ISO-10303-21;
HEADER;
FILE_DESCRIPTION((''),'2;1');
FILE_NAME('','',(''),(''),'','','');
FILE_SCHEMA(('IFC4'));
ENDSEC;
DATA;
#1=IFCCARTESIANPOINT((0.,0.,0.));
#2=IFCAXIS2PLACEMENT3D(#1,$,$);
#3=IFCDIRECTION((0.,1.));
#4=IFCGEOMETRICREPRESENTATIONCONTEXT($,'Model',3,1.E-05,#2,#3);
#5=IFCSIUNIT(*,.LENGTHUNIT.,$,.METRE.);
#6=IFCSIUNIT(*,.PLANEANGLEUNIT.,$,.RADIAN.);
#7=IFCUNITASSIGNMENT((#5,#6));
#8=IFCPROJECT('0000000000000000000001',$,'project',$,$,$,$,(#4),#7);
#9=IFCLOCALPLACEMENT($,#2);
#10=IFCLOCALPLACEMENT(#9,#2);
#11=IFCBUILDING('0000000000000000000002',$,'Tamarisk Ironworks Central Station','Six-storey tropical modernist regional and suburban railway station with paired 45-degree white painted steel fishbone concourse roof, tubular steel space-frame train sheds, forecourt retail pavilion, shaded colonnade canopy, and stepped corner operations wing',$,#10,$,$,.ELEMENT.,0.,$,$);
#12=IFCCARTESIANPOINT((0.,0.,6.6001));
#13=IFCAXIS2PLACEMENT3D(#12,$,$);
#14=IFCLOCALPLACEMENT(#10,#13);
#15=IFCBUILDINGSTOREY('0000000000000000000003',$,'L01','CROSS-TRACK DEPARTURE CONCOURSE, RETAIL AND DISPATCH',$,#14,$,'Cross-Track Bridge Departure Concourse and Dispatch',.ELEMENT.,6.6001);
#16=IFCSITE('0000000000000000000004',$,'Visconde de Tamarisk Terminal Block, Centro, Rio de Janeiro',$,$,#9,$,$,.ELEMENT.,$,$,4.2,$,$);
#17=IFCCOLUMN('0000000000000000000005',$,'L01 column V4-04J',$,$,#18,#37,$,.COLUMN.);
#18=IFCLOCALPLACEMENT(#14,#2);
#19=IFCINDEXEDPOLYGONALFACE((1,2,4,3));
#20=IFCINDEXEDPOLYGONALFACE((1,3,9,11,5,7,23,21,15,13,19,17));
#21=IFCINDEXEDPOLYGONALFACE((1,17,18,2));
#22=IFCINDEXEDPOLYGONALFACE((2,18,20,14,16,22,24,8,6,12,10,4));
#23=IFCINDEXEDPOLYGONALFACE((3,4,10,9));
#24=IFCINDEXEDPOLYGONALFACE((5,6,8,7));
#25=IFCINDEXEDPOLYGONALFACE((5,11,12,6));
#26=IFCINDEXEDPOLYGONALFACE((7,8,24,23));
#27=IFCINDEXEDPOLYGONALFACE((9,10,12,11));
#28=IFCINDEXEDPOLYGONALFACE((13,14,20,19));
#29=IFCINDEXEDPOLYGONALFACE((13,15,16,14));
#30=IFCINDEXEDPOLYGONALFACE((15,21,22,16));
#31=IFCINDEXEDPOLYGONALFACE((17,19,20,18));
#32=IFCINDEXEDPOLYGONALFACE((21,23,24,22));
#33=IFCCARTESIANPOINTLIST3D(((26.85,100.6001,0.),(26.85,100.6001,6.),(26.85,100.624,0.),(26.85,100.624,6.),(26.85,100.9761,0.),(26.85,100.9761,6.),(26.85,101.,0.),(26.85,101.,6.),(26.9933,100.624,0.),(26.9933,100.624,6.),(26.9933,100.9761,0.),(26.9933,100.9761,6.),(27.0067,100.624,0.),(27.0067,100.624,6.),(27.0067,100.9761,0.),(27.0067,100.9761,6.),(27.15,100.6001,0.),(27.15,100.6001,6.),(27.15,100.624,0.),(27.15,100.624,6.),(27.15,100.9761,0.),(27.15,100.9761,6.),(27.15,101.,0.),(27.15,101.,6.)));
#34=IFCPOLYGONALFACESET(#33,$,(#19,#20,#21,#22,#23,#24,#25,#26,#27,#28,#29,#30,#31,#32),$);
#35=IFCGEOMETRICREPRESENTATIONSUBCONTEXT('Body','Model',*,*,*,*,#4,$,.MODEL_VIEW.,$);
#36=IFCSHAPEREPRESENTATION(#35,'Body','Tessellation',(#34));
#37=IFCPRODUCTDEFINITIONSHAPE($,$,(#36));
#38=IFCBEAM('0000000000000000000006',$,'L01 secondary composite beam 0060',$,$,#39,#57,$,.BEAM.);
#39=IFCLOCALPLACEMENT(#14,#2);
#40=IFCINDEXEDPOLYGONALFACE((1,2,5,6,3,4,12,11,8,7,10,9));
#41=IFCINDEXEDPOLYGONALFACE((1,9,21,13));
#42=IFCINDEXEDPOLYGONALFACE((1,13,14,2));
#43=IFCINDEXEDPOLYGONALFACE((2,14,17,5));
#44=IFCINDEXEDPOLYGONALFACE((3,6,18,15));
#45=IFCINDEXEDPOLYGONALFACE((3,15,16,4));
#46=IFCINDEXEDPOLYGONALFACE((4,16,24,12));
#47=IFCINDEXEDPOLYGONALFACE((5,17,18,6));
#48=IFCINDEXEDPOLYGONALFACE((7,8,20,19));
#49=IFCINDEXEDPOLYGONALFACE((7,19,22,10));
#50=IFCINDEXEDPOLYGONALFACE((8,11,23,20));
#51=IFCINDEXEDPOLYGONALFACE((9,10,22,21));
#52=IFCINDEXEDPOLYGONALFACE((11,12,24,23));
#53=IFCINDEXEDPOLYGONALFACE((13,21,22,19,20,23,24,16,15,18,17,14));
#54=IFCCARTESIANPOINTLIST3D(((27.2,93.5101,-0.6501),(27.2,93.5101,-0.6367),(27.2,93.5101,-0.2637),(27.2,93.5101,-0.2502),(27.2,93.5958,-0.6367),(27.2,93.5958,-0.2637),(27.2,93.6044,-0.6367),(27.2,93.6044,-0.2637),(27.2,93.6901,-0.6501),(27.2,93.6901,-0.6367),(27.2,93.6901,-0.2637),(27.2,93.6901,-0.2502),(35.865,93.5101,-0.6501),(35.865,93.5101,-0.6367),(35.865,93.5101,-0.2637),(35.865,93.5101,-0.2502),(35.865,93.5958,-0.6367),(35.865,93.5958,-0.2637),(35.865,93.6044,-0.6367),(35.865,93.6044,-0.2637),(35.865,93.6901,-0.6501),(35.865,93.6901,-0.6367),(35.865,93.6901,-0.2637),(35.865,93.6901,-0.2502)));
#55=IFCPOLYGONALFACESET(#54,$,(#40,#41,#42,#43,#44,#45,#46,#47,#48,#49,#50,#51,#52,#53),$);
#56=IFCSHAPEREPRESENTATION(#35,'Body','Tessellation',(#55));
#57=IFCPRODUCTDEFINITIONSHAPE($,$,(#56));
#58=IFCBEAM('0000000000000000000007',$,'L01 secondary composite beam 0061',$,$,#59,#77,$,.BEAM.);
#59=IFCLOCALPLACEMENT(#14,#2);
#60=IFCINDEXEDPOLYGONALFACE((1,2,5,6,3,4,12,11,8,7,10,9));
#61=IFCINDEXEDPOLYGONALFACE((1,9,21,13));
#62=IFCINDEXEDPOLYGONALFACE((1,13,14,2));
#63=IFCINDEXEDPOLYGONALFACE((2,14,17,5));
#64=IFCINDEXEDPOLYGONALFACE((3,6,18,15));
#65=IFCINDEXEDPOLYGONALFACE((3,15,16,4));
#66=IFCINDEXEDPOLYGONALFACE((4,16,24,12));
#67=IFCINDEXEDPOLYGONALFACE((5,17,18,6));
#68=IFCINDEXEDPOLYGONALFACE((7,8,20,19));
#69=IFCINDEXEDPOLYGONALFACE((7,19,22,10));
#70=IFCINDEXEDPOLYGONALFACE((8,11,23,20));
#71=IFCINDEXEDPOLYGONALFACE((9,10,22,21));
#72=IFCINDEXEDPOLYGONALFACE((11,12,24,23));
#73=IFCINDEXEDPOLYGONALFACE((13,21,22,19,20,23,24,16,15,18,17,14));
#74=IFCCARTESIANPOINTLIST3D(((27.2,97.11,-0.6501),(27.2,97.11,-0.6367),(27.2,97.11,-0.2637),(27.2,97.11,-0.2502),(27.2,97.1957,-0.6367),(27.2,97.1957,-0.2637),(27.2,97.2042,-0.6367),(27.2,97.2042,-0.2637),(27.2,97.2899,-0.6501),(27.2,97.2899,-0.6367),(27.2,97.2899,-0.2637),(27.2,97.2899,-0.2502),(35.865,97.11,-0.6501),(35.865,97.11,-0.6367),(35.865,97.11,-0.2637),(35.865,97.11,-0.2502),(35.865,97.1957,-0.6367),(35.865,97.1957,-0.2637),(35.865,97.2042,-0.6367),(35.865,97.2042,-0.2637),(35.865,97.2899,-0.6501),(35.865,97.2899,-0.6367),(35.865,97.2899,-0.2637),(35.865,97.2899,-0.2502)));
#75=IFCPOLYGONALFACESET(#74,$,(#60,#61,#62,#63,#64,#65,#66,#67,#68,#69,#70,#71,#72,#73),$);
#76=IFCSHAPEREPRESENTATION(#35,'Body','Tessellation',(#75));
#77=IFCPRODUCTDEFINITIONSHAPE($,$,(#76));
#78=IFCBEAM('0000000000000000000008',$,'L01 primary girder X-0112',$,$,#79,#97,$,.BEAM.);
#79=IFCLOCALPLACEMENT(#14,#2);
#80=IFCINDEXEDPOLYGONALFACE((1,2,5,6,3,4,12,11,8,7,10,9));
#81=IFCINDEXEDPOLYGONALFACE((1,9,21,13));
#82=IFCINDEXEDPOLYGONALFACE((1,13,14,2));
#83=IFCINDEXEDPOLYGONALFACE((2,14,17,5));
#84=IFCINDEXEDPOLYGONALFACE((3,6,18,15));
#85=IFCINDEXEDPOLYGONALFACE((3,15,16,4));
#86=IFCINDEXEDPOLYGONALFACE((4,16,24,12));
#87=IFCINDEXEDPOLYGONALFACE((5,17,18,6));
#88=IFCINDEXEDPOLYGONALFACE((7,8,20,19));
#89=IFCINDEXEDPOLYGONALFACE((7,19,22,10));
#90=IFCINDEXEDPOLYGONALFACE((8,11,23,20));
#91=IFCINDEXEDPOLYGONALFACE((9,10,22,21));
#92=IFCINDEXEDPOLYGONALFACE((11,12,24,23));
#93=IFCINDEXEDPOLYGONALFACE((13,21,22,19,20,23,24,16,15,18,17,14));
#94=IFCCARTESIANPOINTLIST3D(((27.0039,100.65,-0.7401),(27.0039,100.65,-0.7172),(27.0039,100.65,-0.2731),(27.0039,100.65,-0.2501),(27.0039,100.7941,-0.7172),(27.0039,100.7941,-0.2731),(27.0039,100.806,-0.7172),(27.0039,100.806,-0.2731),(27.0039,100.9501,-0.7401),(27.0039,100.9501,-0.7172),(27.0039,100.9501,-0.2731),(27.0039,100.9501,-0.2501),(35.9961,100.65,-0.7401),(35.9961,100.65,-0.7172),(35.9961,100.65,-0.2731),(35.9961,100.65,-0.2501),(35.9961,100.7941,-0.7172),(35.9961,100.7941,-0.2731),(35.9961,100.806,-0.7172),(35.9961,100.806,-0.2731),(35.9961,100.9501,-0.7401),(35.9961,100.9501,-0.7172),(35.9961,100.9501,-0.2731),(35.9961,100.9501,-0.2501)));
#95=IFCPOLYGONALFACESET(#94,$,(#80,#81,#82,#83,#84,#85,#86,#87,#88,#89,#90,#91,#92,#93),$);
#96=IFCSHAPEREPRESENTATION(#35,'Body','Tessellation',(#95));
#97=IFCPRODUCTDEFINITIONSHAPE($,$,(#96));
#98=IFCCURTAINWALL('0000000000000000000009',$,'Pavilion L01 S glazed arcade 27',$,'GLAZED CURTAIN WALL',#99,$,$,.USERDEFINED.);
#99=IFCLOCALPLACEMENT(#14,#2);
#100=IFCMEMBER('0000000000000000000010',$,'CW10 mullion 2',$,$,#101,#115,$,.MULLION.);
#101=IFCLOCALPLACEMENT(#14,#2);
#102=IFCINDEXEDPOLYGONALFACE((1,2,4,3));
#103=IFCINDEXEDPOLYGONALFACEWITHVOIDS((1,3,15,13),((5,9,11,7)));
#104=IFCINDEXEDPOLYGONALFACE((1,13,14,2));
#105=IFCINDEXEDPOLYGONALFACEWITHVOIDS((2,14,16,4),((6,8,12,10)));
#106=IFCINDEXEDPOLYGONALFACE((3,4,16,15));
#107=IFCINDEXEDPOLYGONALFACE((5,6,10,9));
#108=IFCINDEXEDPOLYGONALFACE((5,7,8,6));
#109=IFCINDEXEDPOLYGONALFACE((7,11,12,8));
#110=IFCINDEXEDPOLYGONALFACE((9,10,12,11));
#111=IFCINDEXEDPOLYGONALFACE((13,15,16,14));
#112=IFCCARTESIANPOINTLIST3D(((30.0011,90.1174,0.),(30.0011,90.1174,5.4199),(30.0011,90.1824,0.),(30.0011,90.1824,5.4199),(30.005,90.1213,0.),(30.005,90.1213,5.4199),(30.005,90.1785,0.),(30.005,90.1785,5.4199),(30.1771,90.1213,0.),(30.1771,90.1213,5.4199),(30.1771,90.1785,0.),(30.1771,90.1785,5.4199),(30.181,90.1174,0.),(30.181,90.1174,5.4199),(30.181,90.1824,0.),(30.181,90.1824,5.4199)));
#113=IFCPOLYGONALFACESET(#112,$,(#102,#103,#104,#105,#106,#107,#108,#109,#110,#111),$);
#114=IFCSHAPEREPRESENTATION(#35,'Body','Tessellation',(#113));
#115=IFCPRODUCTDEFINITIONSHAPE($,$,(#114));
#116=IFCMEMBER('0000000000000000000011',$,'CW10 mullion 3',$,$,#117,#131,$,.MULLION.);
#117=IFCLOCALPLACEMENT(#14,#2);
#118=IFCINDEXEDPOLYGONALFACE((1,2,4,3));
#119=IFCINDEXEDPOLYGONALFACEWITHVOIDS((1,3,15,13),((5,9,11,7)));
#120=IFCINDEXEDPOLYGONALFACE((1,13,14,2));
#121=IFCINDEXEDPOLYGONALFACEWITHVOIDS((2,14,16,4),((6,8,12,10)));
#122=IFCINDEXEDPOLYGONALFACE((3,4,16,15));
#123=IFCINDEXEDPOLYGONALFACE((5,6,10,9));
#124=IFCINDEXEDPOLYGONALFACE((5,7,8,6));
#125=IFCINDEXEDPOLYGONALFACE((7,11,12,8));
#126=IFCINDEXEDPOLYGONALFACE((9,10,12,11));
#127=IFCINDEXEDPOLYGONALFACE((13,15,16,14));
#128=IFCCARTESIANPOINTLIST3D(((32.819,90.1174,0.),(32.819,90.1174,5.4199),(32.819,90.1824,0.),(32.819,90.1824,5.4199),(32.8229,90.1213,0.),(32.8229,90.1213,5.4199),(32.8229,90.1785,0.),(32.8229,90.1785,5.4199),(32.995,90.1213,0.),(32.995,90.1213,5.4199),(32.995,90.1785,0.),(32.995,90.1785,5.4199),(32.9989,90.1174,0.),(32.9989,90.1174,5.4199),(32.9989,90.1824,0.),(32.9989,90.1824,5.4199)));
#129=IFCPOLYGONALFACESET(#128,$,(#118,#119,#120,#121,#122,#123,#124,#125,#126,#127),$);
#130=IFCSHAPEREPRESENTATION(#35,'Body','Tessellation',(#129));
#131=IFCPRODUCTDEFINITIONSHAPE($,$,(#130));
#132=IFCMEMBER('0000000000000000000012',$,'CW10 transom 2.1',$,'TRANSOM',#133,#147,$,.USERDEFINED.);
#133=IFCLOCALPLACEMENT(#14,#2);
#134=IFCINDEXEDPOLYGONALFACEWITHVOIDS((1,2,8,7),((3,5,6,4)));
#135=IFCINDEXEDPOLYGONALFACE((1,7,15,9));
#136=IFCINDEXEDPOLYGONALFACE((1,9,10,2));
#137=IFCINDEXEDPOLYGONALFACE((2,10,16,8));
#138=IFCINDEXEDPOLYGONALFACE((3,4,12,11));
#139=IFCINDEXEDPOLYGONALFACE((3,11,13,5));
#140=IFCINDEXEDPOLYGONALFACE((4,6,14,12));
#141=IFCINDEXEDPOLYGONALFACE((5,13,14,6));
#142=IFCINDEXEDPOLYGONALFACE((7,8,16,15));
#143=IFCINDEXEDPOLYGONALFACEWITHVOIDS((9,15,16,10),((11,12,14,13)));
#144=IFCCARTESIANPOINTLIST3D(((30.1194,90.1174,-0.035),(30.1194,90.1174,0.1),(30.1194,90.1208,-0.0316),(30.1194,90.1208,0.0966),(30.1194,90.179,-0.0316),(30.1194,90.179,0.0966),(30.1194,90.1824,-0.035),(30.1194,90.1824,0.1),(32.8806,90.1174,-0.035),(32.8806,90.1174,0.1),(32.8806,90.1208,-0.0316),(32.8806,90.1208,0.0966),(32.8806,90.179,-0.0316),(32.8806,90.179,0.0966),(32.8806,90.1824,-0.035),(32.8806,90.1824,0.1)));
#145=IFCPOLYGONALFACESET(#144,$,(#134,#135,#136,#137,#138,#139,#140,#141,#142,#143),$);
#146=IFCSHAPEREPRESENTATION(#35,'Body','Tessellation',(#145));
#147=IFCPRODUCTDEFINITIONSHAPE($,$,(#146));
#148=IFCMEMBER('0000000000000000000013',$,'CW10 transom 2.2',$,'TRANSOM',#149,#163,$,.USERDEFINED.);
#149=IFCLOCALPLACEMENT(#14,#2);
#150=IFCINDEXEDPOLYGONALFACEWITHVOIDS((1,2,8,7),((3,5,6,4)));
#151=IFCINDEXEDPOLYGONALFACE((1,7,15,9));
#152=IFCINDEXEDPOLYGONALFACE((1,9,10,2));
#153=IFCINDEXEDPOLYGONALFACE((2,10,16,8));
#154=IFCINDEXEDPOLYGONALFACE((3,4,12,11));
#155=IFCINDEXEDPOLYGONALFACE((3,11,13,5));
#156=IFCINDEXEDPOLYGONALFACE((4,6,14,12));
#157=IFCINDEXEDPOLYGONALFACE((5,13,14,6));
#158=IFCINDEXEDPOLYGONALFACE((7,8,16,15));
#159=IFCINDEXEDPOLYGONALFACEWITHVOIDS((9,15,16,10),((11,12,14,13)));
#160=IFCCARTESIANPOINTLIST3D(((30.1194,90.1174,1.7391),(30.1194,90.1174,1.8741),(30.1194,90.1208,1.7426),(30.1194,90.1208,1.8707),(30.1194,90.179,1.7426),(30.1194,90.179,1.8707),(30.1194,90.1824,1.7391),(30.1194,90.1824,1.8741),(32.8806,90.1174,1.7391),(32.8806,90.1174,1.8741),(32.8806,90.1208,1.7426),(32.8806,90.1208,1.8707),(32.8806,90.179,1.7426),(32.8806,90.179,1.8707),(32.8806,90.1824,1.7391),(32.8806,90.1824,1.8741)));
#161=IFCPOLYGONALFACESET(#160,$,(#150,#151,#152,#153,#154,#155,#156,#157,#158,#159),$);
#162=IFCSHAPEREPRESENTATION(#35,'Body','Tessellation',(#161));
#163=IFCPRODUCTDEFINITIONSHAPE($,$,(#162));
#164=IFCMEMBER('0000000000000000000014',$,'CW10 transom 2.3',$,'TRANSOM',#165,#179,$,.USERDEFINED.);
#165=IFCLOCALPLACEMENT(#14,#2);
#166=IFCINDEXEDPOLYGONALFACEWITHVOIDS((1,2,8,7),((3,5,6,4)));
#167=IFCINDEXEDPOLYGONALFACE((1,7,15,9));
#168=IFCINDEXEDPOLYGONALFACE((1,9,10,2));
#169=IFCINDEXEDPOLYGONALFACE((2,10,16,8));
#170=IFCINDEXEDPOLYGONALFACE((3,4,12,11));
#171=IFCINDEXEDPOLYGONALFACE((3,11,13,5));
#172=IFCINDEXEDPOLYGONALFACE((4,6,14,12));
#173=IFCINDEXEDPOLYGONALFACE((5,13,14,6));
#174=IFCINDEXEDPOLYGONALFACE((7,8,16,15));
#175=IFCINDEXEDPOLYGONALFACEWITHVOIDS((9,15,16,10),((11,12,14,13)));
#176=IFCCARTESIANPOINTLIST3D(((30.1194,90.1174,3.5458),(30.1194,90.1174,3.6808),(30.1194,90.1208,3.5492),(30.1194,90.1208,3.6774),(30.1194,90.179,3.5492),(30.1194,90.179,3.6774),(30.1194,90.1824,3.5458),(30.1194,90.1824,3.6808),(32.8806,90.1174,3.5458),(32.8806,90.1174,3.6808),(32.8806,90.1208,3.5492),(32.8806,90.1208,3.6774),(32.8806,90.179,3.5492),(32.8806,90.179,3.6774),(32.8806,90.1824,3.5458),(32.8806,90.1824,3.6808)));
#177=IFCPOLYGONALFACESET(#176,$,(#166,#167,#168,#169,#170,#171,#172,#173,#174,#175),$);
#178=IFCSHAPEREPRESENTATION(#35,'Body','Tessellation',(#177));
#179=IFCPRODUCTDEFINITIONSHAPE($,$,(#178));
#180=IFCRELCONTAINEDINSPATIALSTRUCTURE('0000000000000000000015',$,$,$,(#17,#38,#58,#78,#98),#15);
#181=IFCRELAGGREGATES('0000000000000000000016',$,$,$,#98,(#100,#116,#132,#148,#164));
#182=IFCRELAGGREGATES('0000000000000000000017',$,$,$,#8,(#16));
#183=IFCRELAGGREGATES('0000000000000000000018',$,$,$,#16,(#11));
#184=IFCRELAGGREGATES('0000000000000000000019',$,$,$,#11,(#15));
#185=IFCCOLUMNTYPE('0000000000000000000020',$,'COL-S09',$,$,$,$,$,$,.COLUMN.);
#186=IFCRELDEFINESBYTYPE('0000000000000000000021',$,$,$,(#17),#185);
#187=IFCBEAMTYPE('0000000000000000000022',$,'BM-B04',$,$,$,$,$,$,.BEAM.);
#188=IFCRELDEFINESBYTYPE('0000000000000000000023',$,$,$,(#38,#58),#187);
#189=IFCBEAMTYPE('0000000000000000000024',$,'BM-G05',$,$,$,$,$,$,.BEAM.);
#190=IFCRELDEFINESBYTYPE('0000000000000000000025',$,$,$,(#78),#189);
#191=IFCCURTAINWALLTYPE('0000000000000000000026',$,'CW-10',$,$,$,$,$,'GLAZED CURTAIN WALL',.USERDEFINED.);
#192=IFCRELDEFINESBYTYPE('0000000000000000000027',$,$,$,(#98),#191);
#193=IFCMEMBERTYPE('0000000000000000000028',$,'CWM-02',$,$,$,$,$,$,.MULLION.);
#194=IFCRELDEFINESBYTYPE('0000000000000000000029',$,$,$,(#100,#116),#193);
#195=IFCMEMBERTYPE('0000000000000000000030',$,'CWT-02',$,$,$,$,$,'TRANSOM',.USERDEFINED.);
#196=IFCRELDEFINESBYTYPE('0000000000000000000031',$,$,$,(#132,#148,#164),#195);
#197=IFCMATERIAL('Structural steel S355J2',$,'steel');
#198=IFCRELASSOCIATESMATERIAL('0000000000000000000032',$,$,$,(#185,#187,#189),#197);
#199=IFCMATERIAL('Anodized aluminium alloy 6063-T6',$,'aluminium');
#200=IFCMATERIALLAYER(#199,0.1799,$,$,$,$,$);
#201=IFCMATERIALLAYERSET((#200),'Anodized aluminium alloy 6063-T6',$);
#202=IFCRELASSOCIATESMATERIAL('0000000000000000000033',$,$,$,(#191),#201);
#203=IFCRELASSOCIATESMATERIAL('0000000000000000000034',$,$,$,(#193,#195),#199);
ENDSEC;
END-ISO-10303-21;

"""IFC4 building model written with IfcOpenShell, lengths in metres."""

from ifc_helpers import new_model, si_unit, direction, frame, origin, origin_2d, place, context, subcontext, project, spatial, hollow_rectangle, i_section, extrude, material, layer, layer_set, material_profile, profile_set, type_object, element, aggregate, save


model = new_model("IFC4")

# Units and contexts
model_context = context("Model", 3, precision=1e-05, world=origin(), true_north=direction((0.0, 1.0)))
body_context = subcontext(model_context, "Body", "Model", "MODEL_VIEW")
ifc_project = project(units=[si_unit("LENGTHUNIT", "METRE"), si_unit("PLANEANGLEUNIT", "RADIAN")], contexts=[model_context])

# Site, building, storey
site_placement = place(None, origin())
site = spatial("IfcSite", under=ifc_project, at=site_placement, Name="Visconde de Tamarisk Terminal Block, Centro, Rio de Janeiro", CompositionType="ELEMENT", RefElevation=4.2)
building_placement = place(site_placement, origin())
building = spatial("IfcBuilding", under=site, at=building_placement, Name="Tamarisk Ironworks Central Station", Description="Six-storey tropical modernist regional and suburban railway station with paired 45-degree white painted steel fishbone concourse roof, tubular steel space-frame train sheds, forecourt retail pavilion, shaded colonnade canopy, and stepped corner operations wing", CompositionType="ELEMENT", ElevationOfRefHeight=0.0)
storey_placement = place(building_placement, frame((0.0, 0.0, 6.6001)))
storey = spatial("IfcBuildingStorey", under=building, at=storey_placement, Name="L01", Description="CROSS-TRACK DEPARTURE CONCOURSE, RETAIL AND DISPATCH", LongName="Cross-Track Bridge Departure Concourse and Dispatch", CompositionType="ELEMENT", Elevation=6.6001)

# Column
ifc_material_1 = material(Name="Structural steel S355J2", Category="steel")
ifc_material_profile_1 = material_profile(ifc_material_1, i_section(OverallWidth=0.3, OverallDepth=0.3999, WebThickness=0.0134, FlangeThickness=0.0239, at=origin_2d()), Name="HEB 400")
ifc_profile_set_1 = profile_set([ifc_material_profile_1], Name="Structural steel S355J2")
column_type = type_object("IfcColumnType", Name="COL-S09", PredefinedType="COLUMN", material=ifc_profile_set_1)
column_placement = place(storey_placement, frame((27.0, 100.8, 0.0), z_axis=(0.0, 0.0, 1.0), x_axis=(1.0, 0.0, 0.0)))
element("IfcColumn", 1, at=column_placement, inside=storey, type_object=column_type, Name="L01 column V4-04J", PredefinedType="COLUMN", context=body_context, shape_type="SweptSolid", body=[
    extrude(i_section(OverallWidth=0.3, OverallDepth=0.3999, WebThickness=0.0134, FlangeThickness=0.0239, at=origin_2d()), origin(), (0.0, 0.0, 1.0), 6.0),
])

# Beams
ifc_material_profile_2 = material_profile(ifc_material_1, i_section(OverallWidth=0.1799, OverallDepth=0.3999, WebThickness=0.0085, FlangeThickness=0.0134, at=origin_2d()), Name="IPE 400")
ifc_profile_set_2 = profile_set([ifc_material_profile_2], Name="Structural steel S355J2")
beam_type_1 = type_object("IfcBeamType", Name="BM-B04", PredefinedType="BEAM", material=ifc_profile_set_2)
for number, where, z_axis, x_axis, name in (
    (2, (27.2, 93.6001, -0.4502), (1.0, 0.0, 0.0), (0.0, 1.0, 0.0), "L01 secondary composite beam 0060"),
    (3, (27.2, 97.2, -0.4502), (1.0, 0.0, 0.0), (0.0, 1.0, 0.0), "L01 secondary composite beam 0061"),
):
    element("IfcBeam", number, at=place(storey_placement, frame(where, z_axis=z_axis, x_axis=x_axis)), inside=storey, type_object=beam_type_1, Name=name, PredefinedType="BEAM", context=body_context, shape_type="SweptSolid", body=[
        extrude(i_section(OverallWidth=0.1799, OverallDepth=0.3999, WebThickness=0.0085, FlangeThickness=0.0134, at=origin_2d()), origin(), (0.0, 0.0, 1.0), 8.665),
    ])
ifc_material_profile_3 = material_profile(ifc_material_1, i_section(OverallWidth=0.3, OverallDepth=0.49, WebThickness=0.012, FlangeThickness=0.0229, at=origin_2d()), Name="HEA 500")
ifc_profile_set_3 = profile_set([ifc_material_profile_3], Name="Structural steel S355J2")
beam_type_2 = type_object("IfcBeamType", Name="BM-G05", PredefinedType="BEAM", material=ifc_profile_set_3)
beam_placement = place(storey_placement, frame((27.0039, 100.8, -0.4951), z_axis=(1.0, 0.0, 0.0), x_axis=(0.0, 1.0, 0.0)))
element("IfcBeam", 4, at=beam_placement, inside=storey, type_object=beam_type_2, Name="L01 primary girder X-0112", PredefinedType="BEAM", context=body_context, shape_type="SweptSolid", body=[
    extrude(i_section(OverallWidth=0.3, OverallDepth=0.49, WebThickness=0.012, FlangeThickness=0.0229, at=origin_2d()), origin(), (0.0, 0.0, 1.0), 8.9922),
])

# Curtain wall, members
ifc_material_2 = material(Name="Anodized aluminium alloy 6063-T6", Category="aluminium")
ifc_layer_1 = layer(ifc_material_2, 0.1799)
ifc_layer_set_1 = layer_set([ifc_layer_1], Name="Anodized aluminium alloy 6063-T6")
curtain_wall_type = type_object("IfcCurtainWallType", Name="CW-10", ElementType="GLAZED CURTAIN WALL", PredefinedType="USERDEFINED", material=ifc_layer_set_1)
curtain_wall_placement = place(storey_placement, origin())
curtain_wall = element("IfcCurtainWall", 5, at=curtain_wall_placement, inside=storey, type_object=curtain_wall_type, Name="Pavilion L01 S glazed arcade 27", ObjectType="GLAZED CURTAIN WALL", PredefinedType="USERDEFINED")
ifc_material_profile_4 = material_profile(ifc_material_2, hollow_rectangle(XDim=0.0649, YDim=0.1799, WallThickness=0.0039, at=origin_2d()), Name="ALUM 180x65")
ifc_profile_set_4 = profile_set([ifc_material_profile_4], Name="Anodized aluminium alloy 6063-T6")
member_type_1 = type_object("IfcMemberType", Name="CWM-02", PredefinedType="MULLION", material=ifc_profile_set_4)
member_1_placement = place(storey_placement, frame((30.0911, 90.1499, 0.0), z_axis=(0.0, 0.0, 1.0), x_axis=(0.0, 1.0, 0.0)))
member_1 = element("IfcMember", 6, at=member_1_placement, type_object=member_type_1, Name="CW10 mullion 2", PredefinedType="MULLION", context=body_context, shape_type="SweptSolid", body=[
    extrude(hollow_rectangle(XDim=0.0649, YDim=0.1799, WallThickness=0.0039, at=origin_2d()), origin(), (0.0, 0.0, 1.0), 5.4199),
])
member_2_placement = place(storey_placement, frame((32.9089, 90.1499, 0.0), z_axis=(0.0, 0.0, 1.0), x_axis=(0.0, 1.0, 0.0)))
member_2 = element("IfcMember", 7, at=member_2_placement, type_object=member_type_1, Name="CW10 mullion 3", PredefinedType="MULLION", context=body_context, shape_type="SweptSolid", body=[
    extrude(hollow_rectangle(XDim=0.0649, YDim=0.1799, WallThickness=0.0039, at=origin_2d()), origin(), (0.0, 0.0, 1.0), 5.4199),
])
ifc_material_profile_5 = material_profile(ifc_material_2, hollow_rectangle(XDim=0.0649, YDim=0.135, WallThickness=0.0034, at=origin_2d()), Name="ALUM 135x65")
ifc_profile_set_5 = profile_set([ifc_material_profile_5], Name="Anodized aluminium alloy 6063-T6")
member_type_2 = type_object("IfcMemberType", Name="CWT-02", ElementType="TRANSOM", PredefinedType="USERDEFINED", material=ifc_profile_set_5)
member_3_placement = place(storey_placement, frame((30.1194, 90.1499, 0.0325), z_axis=(1.0, 0.0, 0.0), x_axis=(0.0, 1.0, 0.0)))
member_3 = element("IfcMember", 8, at=member_3_placement, type_object=member_type_2, Name="CW10 transom 2.1", ObjectType="TRANSOM", PredefinedType="USERDEFINED", context=body_context, shape_type="SweptSolid", body=[
    extrude(hollow_rectangle(XDim=0.0649, YDim=0.135, WallThickness=0.0034, at=origin_2d()), origin(), (0.0, 0.0, 1.0), 2.7612),
])
member_4_placement = place(storey_placement, frame((30.1194, 90.1499, 1.8066), z_axis=(1.0, 0.0, 0.0), x_axis=(0.0, 1.0, 0.0)))
member_4 = element("IfcMember", 9, at=member_4_placement, type_object=member_type_2, Name="CW10 transom 2.2", ObjectType="TRANSOM", PredefinedType="USERDEFINED", context=body_context, shape_type="SweptSolid", body=[
    extrude(hollow_rectangle(XDim=0.0649, YDim=0.135, WallThickness=0.0034, at=origin_2d()), origin(), (0.0, 0.0, 1.0), 2.7612),
])
member_5_placement = place(storey_placement, frame((30.1194, 90.1499, 3.6133), z_axis=(1.0, 0.0, 0.0), x_axis=(0.0, 1.0, 0.0)))
member_5 = element("IfcMember", 10, at=member_5_placement, type_object=member_type_2, Name="CW10 transom 2.3", ObjectType="TRANSOM", PredefinedType="USERDEFINED", context=body_context, shape_type="SweptSolid", body=[
    extrude(hollow_rectangle(XDim=0.0649, YDim=0.135, WallThickness=0.0034, at=origin_2d()), origin(), (0.0, 0.0, 1.0), 2.7612),
])
aggregate(curtain_wall, [member_1, member_2, member_3, member_4, member_5])

save(model, "model.ifc")
